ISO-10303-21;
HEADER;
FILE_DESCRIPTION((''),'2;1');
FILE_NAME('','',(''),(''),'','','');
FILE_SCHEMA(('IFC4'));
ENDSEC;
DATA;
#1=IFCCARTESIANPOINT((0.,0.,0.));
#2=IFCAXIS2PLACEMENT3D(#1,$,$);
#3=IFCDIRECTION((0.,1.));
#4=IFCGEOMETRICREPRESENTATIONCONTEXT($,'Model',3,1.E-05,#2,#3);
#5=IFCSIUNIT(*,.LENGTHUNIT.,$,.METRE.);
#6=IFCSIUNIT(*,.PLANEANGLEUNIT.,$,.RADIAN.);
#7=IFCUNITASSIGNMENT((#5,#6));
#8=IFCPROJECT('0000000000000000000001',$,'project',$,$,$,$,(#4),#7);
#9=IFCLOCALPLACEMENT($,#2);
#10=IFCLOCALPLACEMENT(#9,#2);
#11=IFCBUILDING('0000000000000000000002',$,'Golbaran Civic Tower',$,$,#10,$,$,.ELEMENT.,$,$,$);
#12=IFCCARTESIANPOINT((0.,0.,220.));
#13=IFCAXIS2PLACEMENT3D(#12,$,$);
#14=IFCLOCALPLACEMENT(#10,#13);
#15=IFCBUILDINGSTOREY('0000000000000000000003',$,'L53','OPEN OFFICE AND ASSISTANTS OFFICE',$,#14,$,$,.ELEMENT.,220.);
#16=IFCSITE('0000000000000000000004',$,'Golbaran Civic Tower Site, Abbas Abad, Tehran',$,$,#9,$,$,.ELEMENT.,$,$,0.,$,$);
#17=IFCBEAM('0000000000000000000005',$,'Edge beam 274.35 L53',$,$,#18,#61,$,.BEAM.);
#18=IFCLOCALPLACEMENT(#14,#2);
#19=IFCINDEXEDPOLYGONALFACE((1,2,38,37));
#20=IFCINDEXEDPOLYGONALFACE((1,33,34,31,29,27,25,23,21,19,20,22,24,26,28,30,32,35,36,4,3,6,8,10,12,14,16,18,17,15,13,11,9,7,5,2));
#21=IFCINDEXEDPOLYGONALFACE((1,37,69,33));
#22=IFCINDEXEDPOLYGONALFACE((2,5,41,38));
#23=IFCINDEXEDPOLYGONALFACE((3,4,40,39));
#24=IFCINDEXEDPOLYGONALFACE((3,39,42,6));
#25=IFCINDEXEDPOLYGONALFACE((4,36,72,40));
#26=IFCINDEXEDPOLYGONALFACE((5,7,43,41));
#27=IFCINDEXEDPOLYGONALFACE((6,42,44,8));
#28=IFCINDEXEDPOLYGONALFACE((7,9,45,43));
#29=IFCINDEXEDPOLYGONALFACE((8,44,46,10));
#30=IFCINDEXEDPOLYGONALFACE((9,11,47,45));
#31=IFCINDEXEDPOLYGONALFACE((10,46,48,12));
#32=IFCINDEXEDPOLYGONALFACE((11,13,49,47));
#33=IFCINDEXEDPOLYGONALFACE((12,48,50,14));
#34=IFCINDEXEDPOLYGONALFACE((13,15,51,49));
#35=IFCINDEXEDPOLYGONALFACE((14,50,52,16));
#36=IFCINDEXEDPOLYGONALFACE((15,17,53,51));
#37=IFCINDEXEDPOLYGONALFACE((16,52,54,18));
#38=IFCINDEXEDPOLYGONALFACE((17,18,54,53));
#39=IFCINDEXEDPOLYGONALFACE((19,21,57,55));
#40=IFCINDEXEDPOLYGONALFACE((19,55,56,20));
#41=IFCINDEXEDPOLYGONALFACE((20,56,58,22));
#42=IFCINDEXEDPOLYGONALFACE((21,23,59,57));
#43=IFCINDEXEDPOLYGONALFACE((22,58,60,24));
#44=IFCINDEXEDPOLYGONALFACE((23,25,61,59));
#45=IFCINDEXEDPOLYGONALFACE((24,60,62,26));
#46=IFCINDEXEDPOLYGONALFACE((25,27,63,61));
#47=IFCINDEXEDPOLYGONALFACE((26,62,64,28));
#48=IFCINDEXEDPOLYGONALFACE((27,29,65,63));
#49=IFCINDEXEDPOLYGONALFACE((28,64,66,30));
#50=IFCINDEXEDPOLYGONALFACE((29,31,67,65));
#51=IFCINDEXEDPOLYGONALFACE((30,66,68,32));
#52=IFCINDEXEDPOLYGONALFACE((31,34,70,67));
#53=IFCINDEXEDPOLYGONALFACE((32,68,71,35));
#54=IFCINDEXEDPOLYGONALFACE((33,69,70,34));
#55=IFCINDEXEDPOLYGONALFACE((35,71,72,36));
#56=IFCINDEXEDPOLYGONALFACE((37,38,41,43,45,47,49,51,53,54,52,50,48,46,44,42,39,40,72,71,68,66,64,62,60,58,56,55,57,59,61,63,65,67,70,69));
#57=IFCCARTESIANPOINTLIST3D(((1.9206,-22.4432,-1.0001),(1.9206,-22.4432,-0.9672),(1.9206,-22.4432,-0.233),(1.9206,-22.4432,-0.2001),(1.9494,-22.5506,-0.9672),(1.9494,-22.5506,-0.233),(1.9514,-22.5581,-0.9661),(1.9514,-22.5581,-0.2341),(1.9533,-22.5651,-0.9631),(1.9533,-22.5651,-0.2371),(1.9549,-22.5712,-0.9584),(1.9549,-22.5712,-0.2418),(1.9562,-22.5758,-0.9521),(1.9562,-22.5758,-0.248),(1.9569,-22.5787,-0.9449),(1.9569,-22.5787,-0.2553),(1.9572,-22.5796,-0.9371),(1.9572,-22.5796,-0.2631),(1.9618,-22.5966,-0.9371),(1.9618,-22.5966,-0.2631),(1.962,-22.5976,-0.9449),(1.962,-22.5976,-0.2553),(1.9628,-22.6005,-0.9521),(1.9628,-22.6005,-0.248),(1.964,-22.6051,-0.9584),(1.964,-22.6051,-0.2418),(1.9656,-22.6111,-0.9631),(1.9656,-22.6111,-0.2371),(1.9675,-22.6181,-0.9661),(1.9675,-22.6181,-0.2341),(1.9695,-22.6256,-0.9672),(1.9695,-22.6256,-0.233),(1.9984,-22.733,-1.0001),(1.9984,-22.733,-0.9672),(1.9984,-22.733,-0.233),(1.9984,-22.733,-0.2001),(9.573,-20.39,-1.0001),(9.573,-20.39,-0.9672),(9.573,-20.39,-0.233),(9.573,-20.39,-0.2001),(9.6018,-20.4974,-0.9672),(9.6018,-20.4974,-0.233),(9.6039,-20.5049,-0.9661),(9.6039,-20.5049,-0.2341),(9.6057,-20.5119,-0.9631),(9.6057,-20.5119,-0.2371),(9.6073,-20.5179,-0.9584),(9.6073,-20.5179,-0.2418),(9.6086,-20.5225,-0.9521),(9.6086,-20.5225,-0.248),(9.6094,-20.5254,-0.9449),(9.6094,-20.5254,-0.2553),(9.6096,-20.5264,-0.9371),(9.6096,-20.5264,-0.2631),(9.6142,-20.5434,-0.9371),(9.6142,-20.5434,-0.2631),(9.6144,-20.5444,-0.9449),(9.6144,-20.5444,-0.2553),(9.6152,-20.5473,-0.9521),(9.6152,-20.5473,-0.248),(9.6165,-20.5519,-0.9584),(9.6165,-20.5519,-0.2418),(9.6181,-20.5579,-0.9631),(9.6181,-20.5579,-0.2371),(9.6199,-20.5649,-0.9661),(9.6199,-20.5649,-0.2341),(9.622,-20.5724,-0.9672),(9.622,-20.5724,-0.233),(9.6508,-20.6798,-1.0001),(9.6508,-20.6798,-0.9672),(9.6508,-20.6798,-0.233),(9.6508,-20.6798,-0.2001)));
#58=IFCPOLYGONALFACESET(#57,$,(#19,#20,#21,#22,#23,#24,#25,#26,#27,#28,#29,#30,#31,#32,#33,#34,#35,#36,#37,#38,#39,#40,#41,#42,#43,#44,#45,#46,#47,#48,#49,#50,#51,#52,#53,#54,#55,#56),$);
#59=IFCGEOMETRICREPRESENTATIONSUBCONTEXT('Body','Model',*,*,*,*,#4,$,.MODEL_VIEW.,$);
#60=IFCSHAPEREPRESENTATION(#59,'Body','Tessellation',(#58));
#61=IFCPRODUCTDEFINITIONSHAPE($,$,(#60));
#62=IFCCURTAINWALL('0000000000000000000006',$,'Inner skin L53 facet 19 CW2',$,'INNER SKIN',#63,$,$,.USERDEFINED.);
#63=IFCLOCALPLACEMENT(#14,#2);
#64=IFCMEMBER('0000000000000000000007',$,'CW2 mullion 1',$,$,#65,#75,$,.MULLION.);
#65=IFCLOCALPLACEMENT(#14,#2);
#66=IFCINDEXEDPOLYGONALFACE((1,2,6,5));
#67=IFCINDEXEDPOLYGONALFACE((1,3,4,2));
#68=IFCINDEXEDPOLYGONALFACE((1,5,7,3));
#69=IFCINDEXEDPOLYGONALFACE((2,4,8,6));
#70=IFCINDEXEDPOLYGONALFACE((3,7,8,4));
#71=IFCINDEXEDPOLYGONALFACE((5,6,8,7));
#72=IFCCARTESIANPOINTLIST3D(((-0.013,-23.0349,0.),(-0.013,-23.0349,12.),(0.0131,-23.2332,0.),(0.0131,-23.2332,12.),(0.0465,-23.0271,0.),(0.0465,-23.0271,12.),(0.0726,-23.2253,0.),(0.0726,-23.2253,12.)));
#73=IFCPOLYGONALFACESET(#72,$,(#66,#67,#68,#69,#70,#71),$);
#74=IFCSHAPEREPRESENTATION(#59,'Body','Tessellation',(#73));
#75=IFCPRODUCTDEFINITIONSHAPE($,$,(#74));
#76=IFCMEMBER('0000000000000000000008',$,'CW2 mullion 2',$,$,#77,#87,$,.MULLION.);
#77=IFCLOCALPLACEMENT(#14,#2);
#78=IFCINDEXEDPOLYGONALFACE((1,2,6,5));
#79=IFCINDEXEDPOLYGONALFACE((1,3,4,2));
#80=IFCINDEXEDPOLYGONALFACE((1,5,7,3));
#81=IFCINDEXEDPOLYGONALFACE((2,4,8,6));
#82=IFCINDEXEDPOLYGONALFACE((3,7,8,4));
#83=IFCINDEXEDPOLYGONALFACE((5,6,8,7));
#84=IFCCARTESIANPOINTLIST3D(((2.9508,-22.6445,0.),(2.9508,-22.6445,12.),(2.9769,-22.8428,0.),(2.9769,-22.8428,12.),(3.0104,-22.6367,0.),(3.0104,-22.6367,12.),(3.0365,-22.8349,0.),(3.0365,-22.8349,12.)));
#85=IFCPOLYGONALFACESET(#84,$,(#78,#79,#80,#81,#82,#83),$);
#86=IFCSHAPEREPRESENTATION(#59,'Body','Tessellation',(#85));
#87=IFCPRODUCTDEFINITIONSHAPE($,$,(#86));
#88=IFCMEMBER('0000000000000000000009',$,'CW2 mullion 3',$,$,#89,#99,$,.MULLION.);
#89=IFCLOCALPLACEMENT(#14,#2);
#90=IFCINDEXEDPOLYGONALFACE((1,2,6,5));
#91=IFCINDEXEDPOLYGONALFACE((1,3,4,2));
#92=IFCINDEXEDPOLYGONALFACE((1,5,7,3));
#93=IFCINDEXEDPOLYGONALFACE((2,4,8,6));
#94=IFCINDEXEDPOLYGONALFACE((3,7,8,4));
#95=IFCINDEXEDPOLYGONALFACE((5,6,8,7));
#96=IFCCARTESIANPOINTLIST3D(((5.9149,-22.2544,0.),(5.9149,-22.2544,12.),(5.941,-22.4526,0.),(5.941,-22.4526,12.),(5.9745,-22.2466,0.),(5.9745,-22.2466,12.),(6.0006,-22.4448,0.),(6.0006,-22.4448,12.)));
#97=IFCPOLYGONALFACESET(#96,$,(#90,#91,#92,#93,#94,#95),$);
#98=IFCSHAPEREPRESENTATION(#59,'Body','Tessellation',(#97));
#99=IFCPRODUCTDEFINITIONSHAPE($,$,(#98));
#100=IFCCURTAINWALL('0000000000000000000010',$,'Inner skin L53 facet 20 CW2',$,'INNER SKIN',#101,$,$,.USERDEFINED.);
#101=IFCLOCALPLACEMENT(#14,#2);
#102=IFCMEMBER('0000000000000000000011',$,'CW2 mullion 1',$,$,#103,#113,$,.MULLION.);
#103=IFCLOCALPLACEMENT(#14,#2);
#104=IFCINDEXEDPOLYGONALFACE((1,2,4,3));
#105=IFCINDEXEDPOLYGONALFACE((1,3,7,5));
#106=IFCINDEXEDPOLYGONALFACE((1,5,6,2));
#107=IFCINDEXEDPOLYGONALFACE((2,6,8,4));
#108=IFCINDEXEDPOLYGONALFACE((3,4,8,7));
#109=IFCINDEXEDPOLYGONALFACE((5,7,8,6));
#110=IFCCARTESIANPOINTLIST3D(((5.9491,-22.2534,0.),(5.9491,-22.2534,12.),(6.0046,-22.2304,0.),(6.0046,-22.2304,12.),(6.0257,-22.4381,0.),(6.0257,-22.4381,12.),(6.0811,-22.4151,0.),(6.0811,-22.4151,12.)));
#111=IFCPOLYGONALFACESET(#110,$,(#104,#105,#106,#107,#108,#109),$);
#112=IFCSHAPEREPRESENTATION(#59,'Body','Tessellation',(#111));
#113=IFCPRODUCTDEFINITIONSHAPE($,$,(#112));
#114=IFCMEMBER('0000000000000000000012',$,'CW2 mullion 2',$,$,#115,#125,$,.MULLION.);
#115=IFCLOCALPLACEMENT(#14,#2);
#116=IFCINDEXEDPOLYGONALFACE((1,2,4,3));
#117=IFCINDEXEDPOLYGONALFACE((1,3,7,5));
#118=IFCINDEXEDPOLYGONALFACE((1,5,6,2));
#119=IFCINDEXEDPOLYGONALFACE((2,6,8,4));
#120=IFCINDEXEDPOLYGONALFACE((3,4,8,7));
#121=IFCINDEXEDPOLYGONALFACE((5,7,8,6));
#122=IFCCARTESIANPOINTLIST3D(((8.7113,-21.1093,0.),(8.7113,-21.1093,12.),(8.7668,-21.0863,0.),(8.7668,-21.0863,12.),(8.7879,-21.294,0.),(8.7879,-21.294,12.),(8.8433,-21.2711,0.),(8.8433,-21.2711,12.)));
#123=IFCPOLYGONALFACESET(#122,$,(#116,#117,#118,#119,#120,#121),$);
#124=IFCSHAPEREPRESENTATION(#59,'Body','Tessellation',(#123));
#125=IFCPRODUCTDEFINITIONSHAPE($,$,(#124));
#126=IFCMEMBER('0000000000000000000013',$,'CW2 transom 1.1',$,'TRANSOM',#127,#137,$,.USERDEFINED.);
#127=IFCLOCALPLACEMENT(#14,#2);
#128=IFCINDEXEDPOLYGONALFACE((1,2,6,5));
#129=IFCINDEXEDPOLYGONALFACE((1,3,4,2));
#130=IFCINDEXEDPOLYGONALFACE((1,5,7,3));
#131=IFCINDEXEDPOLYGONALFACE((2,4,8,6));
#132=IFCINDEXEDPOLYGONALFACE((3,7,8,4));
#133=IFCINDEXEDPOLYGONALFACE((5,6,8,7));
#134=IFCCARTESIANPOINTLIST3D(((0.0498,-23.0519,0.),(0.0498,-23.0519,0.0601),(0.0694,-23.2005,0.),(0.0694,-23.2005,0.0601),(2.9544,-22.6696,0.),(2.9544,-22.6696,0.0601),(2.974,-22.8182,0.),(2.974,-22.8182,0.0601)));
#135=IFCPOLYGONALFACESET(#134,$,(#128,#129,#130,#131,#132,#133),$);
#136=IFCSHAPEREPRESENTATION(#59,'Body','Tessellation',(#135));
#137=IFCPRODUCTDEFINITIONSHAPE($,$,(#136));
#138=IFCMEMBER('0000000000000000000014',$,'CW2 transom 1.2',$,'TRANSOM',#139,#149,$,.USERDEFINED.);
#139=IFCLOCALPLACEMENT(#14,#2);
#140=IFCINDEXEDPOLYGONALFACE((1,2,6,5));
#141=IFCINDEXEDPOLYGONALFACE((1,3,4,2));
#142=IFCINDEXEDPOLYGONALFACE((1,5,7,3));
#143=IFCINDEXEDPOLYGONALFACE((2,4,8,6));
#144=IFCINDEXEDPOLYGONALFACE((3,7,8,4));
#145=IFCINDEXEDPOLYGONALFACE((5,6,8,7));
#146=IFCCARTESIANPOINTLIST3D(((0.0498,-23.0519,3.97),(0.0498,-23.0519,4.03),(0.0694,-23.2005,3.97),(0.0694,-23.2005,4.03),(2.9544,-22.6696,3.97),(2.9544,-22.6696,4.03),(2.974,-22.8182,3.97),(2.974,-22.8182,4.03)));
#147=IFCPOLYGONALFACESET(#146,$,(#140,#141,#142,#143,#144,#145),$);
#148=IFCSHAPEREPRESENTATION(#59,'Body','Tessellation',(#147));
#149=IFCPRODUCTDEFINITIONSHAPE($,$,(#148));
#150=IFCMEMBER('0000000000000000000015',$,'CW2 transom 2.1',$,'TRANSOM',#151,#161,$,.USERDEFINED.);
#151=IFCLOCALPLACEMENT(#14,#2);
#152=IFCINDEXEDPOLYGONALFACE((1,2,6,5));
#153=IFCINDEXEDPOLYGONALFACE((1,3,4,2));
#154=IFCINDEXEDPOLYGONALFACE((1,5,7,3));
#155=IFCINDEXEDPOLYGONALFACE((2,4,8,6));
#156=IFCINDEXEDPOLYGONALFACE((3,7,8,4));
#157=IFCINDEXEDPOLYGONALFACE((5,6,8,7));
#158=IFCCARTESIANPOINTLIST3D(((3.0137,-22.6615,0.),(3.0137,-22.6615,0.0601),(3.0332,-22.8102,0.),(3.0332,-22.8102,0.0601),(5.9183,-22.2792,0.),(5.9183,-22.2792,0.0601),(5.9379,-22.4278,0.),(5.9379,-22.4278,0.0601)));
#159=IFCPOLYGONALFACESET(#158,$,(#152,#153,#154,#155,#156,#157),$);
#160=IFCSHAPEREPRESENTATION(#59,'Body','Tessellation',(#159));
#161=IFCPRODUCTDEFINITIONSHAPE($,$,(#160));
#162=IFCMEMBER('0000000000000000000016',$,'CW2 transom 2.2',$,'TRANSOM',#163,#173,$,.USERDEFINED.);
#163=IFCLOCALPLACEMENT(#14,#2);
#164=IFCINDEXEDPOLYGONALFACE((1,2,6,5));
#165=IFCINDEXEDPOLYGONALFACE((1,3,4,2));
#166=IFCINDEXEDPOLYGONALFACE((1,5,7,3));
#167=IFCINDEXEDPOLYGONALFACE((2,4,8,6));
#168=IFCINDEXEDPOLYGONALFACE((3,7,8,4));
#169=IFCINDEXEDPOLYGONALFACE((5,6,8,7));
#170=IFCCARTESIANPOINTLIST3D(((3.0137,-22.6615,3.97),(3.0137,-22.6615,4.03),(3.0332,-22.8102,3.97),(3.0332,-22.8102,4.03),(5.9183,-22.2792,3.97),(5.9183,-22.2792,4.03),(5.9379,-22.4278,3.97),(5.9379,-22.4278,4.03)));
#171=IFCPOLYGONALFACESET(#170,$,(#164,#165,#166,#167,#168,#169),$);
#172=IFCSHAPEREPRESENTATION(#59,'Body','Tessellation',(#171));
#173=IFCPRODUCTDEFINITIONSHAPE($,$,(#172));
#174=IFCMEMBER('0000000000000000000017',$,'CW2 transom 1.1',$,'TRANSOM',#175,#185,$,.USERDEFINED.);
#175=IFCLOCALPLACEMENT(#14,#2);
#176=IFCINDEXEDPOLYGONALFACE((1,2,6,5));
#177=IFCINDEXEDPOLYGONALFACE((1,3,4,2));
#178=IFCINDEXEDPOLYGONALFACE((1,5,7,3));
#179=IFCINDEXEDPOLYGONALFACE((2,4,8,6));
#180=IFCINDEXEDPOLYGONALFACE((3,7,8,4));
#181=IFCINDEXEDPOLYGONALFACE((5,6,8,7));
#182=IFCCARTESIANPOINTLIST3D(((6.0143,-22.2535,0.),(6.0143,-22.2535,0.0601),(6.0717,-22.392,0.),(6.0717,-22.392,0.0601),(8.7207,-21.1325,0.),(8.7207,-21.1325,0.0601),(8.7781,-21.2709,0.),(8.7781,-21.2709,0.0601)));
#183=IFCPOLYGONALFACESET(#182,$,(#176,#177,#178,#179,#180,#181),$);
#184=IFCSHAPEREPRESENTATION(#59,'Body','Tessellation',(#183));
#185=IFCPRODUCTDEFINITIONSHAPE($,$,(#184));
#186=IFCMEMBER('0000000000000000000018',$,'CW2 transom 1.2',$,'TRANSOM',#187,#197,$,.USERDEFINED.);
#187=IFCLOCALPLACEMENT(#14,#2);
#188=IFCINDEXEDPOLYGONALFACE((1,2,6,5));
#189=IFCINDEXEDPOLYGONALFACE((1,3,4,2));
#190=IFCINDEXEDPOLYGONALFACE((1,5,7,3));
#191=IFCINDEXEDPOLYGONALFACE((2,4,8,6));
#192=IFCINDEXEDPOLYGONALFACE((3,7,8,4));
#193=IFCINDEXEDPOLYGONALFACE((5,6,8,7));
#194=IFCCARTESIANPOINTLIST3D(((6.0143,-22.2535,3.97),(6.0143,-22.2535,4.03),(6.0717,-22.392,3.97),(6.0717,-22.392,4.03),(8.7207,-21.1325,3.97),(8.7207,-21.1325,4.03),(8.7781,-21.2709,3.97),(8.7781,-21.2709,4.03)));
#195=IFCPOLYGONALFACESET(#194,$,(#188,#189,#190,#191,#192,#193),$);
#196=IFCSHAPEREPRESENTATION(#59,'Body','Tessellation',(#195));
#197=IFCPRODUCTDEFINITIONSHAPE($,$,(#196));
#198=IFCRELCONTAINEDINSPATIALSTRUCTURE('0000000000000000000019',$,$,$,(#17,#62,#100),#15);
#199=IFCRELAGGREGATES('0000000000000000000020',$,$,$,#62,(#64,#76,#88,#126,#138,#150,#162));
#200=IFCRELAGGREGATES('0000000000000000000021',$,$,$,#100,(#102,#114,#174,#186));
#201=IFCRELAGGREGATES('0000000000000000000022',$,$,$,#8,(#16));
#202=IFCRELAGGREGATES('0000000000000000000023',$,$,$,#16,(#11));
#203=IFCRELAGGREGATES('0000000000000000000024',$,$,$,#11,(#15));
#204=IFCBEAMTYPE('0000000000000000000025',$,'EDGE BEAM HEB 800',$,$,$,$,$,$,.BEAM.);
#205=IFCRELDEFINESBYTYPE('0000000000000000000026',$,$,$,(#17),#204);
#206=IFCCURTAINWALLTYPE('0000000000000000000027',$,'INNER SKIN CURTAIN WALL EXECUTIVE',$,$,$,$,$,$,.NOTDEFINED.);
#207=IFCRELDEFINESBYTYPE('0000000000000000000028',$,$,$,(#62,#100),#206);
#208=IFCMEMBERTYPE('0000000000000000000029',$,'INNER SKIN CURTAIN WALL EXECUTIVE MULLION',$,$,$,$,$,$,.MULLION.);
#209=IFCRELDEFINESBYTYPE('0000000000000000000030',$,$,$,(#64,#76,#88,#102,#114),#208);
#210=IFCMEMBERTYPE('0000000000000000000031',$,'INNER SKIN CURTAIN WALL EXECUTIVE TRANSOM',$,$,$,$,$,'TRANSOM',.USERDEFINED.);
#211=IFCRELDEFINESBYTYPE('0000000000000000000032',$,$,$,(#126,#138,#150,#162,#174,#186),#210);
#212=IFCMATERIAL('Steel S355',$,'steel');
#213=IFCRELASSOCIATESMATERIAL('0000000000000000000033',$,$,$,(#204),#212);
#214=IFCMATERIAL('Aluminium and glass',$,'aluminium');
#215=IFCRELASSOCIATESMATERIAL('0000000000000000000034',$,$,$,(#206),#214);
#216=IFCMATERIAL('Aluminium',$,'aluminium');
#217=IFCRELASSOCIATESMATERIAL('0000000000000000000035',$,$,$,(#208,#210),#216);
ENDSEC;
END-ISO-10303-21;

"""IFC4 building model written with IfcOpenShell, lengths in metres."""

from ifc_helpers import new_model, si_unit, direction, frame, origin, origin_2d, place, context, subcontext, project, spatial, rectangle, i_section, extrude, material, material_profile, profile_set, type_object, element, aggregate, save


model = new_model("IFC4")

# Units and contexts
model_context = context("Model", 3, precision=1e-05, world=origin(), true_north=direction((0.0, 1.0)))
body_context = subcontext(model_context, "Body", "Model", "MODEL_VIEW")
ifc_project = project(units=[si_unit("LENGTHUNIT", "METRE"), si_unit("PLANEANGLEUNIT", "RADIAN")], contexts=[model_context])

# Site, building, storey
site_placement = place(None, origin())
site = spatial("IfcSite", under=ifc_project, at=site_placement, Name="Golbaran Civic Tower Site, Abbas Abad, Tehran", CompositionType="ELEMENT", RefElevation=0.0)
building_placement = place(site_placement, origin())
building = spatial("IfcBuilding", under=site, at=building_placement, Name="Golbaran Civic Tower", CompositionType="ELEMENT")
storey_placement = place(building_placement, frame((0.0, 0.0, 220.0)))
storey = spatial("IfcBuildingStorey", under=building, at=storey_placement, Name="L53", Description="OPEN OFFICE AND ASSISTANTS OFFICE", CompositionType="ELEMENT", Elevation=220.0)

# Beam
ifc_material_1 = material(Name="Steel S355", Category="steel")
ifc_material_profile_1 = material_profile(ifc_material_1, i_section(OverallWidth=0.3, OverallDepth=0.8, WebThickness=0.0176, FlangeThickness=0.033, FilletRadius=0.03, at=origin_2d()), Name="HEB 800")
ifc_profile_set_1 = profile_set([ifc_material_profile_1], Name="Steel S355")
beam_type = type_object("IfcBeamType", Name="EDGE BEAM HEB 800", PredefinedType="BEAM", material=ifc_profile_set_1)
beam_placement = place(storey_placement, frame((1.9595, -22.5881, -0.6001), z_axis=(0.965838, 0.259147, 0.0), x_axis=(-0.259147, 0.965838, 0.0)))
element("IfcBeam", 1, at=beam_placement, inside=storey, type_object=beam_type, Name="Edge beam 274.35 L53", PredefinedType="BEAM", context=body_context, shape_type="SweptSolid", body=[
    extrude(i_section(OverallWidth=0.3, OverallDepth=0.8, WebThickness=0.0176, FlangeThickness=0.033, FilletRadius=0.03, at=origin_2d()), origin(), (0.0, 0.0, 1.0), 7.9231),
])

# Curtain walls, members
ifc_material_2 = material(Name="Aluminium and glass", Category="aluminium")
curtain_wall_type = type_object("IfcCurtainWallType", Name="INNER SKIN CURTAIN WALL EXECUTIVE", PredefinedType="NOTDEFINED", material=ifc_material_2)
curtain_wall_1_placement = place(storey_placement, origin())
curtain_wall_1 = element("IfcCurtainWall", 2, at=curtain_wall_1_placement, inside=storey, type_object=curtain_wall_type, Name="Inner skin L53 facet 19 CW2", ObjectType="INNER SKIN", PredefinedType="USERDEFINED")
ifc_material_3 = material(Name="Aluminium", Category="aluminium")
ifc_material_profile_2 = material_profile(ifc_material_3, rectangle(XDim=0.2, YDim=0.0601, at=origin_2d()), Name="INNER SKIN CURTAIN WALL EXECUTIVE MULLION")
ifc_profile_set_2 = profile_set([ifc_material_profile_2], Name="Aluminium")
member_type_1 = type_object("IfcMemberType", Name="INNER SKIN CURTAIN WALL EXECUTIVE MULLION", PredefinedType="MULLION", material=ifc_profile_set_2)
member_1_placement = place(storey_placement, frame((0.0298, -23.1301, 0.0), z_axis=(0.0, 0.0, 1.0), x_axis=(-0.130526, 0.991445, 0.0)))
member_1 = element("IfcMember", 3, at=member_1_placement, type_object=member_type_1, Name="CW2 mullion 1", PredefinedType="MULLION", context=body_context, shape_type="SweptSolid", body=[
    extrude(rectangle(XDim=0.2, YDim=0.0601, at=origin_2d()), origin(), (0.0, 0.0, 1.0), 12.0),
])
member_2_placement = place(storey_placement, frame((2.9937, -22.7397, 0.0), z_axis=(0.0, 0.0, 1.0), x_axis=(-0.130526, 0.991445, 0.0)))
member_2 = element("IfcMember", 4, at=member_2_placement, type_object=member_type_1, Name="CW2 mullion 2", PredefinedType="MULLION", context=body_context, shape_type="SweptSolid", body=[
    extrude(rectangle(XDim=0.2, YDim=0.0601, at=origin_2d()), origin(), (0.0, 0.0, 1.0), 12.0),
])
member_3_placement = place(storey_placement, frame((5.9578, -22.3496, 0.0), z_axis=(0.0, 0.0, 1.0), x_axis=(-0.130526, 0.991445, 0.0)))
member_3 = element("IfcMember", 5, at=member_3_placement, type_object=member_type_1, Name="CW2 mullion 3", PredefinedType="MULLION", context=body_context, shape_type="SweptSolid", body=[
    extrude(rectangle(XDim=0.2, YDim=0.0601, at=origin_2d()), origin(), (0.0, 0.0, 1.0), 12.0),
])
curtain_wall_2_placement = place(storey_placement, origin())
curtain_wall_2 = element("IfcCurtainWall", 6, at=curtain_wall_2_placement, inside=storey, type_object=curtain_wall_type, Name="Inner skin L53 facet 20 CW2", ObjectType="INNER SKIN", PredefinedType="USERDEFINED")
member_4_placement = place(storey_placement, frame((6.0151, -22.3342, 0.0), z_axis=(0.0, 0.0, 1.0), x_axis=(-0.382683, 0.92388, 0.0)))
member_4 = element("IfcMember", 7, at=member_4_placement, type_object=member_type_1, Name="CW2 mullion 1", PredefinedType="MULLION", context=body_context, shape_type="SweptSolid", body=[
    extrude(rectangle(XDim=0.2, YDim=0.0601, at=origin_2d()), origin(), (0.0, 0.0, 1.0), 12.0),
])
member_5_placement = place(storey_placement, frame((8.7773, -21.1902, 0.0), z_axis=(0.0, 0.0, 1.0), x_axis=(-0.382683, 0.92388, 0.0)))
member_5 = element("IfcMember", 8, at=member_5_placement, type_object=member_type_1, Name="CW2 mullion 2", PredefinedType="MULLION", context=body_context, shape_type="SweptSolid", body=[
    extrude(rectangle(XDim=0.2, YDim=0.0601, at=origin_2d()), origin(), (0.0, 0.0, 1.0), 12.0),
])

# Members
ifc_material_profile_3 = material_profile(ifc_material_3, rectangle(XDim=0.1499, YDim=0.0601, at=origin_2d()), Name="INNER SKIN CURTAIN WALL EXECUTIVE TRANSOM")
ifc_profile_set_3 = profile_set([ifc_material_profile_3], Name="Aluminium")
member_type_2 = type_object("IfcMemberType", Name="INNER SKIN CURTAIN WALL EXECUTIVE TRANSOM", ElementType="TRANSOM", PredefinedType="USERDEFINED", material=ifc_profile_set_3)
member_6_placement = place(storey_placement, frame((0.0596, -23.1262, 0.03), z_axis=(0.991448, 0.130504, 0.0), x_axis=(-0.130504, 0.991448, 0.0)))
member_6 = element("IfcMember", 9, at=member_6_placement, type_object=member_type_2, Name="CW2 transom 1.1", ObjectType="TRANSOM", PredefinedType="USERDEFINED", context=body_context, shape_type="SweptSolid", body=[
    extrude(rectangle(XDim=0.1499, YDim=0.0601, at=origin_2d()), origin(), (0.0, 0.0, 1.0), 2.9297),
])
member_7_placement = place(storey_placement, frame((0.0596, -23.1262, 4.0), z_axis=(0.991448, 0.130504, 0.0), x_axis=(-0.130504, 0.991448, 0.0)))
member_7 = element("IfcMember", 10, at=member_7_placement, type_object=member_type_2, Name="CW2 transom 1.2", ObjectType="TRANSOM", PredefinedType="USERDEFINED", context=body_context, shape_type="SweptSolid", body=[
    extrude(rectangle(XDim=0.1499, YDim=0.0601, at=origin_2d()), origin(), (0.0, 0.0, 1.0), 2.9297),
])
member_8_placement = place(storey_placement, frame((3.0234, -22.7358, 0.03), z_axis=(0.991448, 0.130504, 0.0), x_axis=(-0.130504, 0.991448, 0.0)))
member_8 = element("IfcMember", 11, at=member_8_placement, type_object=member_type_2, Name="CW2 transom 2.1", ObjectType="TRANSOM", PredefinedType="USERDEFINED", context=body_context, shape_type="SweptSolid", body=[
    extrude(rectangle(XDim=0.1499, YDim=0.0601, at=origin_2d()), origin(), (0.0, 0.0, 1.0), 2.9297),
])
member_9_placement = place(storey_placement, frame((3.0234, -22.7358, 4.0), z_axis=(0.991448, 0.130504, 0.0), x_axis=(-0.130504, 0.991448, 0.0)))
member_9 = element("IfcMember", 12, at=member_9_placement, type_object=member_type_2, Name="CW2 transom 2.2", ObjectType="TRANSOM", PredefinedType="USERDEFINED", context=body_context, shape_type="SweptSolid", body=[
    extrude(rectangle(XDim=0.1499, YDim=0.0601, at=origin_2d()), origin(), (0.0, 0.0, 1.0), 2.9297),
])
member_10_placement = place(storey_placement, frame((6.043, -22.3228, 0.03), z_axis=(0.923879, 0.382685, 0.0), x_axis=(-0.382685, 0.923879, 0.0)))
member_10 = element("IfcMember", 13, at=member_10_placement, type_object=member_type_2, Name="CW2 transom 1.1", ObjectType="TRANSOM", PredefinedType="USERDEFINED", context=body_context, shape_type="SweptSolid", body=[
    extrude(rectangle(XDim=0.1499, YDim=0.0601, at=origin_2d()), origin(), (0.0, 0.0, 1.0), 2.9294),
])
member_11_placement = place(storey_placement, frame((6.043, -22.3228, 4.0), z_axis=(0.923879, 0.382685, 0.0), x_axis=(-0.382685, 0.923879, 0.0)))
member_11 = element("IfcMember", 14, at=member_11_placement, type_object=member_type_2, Name="CW2 transom 1.2", ObjectType="TRANSOM", PredefinedType="USERDEFINED", context=body_context, shape_type="SweptSolid", body=[
    extrude(rectangle(XDim=0.1499, YDim=0.0601, at=origin_2d()), origin(), (0.0, 0.0, 1.0), 2.9294),
])

aggregate(curtain_wall_1, [member_1, member_2, member_3, member_6, member_7, member_8, member_9])
aggregate(curtain_wall_2, [member_4, member_5, member_10, member_11])

save(model, "model.ifc")
